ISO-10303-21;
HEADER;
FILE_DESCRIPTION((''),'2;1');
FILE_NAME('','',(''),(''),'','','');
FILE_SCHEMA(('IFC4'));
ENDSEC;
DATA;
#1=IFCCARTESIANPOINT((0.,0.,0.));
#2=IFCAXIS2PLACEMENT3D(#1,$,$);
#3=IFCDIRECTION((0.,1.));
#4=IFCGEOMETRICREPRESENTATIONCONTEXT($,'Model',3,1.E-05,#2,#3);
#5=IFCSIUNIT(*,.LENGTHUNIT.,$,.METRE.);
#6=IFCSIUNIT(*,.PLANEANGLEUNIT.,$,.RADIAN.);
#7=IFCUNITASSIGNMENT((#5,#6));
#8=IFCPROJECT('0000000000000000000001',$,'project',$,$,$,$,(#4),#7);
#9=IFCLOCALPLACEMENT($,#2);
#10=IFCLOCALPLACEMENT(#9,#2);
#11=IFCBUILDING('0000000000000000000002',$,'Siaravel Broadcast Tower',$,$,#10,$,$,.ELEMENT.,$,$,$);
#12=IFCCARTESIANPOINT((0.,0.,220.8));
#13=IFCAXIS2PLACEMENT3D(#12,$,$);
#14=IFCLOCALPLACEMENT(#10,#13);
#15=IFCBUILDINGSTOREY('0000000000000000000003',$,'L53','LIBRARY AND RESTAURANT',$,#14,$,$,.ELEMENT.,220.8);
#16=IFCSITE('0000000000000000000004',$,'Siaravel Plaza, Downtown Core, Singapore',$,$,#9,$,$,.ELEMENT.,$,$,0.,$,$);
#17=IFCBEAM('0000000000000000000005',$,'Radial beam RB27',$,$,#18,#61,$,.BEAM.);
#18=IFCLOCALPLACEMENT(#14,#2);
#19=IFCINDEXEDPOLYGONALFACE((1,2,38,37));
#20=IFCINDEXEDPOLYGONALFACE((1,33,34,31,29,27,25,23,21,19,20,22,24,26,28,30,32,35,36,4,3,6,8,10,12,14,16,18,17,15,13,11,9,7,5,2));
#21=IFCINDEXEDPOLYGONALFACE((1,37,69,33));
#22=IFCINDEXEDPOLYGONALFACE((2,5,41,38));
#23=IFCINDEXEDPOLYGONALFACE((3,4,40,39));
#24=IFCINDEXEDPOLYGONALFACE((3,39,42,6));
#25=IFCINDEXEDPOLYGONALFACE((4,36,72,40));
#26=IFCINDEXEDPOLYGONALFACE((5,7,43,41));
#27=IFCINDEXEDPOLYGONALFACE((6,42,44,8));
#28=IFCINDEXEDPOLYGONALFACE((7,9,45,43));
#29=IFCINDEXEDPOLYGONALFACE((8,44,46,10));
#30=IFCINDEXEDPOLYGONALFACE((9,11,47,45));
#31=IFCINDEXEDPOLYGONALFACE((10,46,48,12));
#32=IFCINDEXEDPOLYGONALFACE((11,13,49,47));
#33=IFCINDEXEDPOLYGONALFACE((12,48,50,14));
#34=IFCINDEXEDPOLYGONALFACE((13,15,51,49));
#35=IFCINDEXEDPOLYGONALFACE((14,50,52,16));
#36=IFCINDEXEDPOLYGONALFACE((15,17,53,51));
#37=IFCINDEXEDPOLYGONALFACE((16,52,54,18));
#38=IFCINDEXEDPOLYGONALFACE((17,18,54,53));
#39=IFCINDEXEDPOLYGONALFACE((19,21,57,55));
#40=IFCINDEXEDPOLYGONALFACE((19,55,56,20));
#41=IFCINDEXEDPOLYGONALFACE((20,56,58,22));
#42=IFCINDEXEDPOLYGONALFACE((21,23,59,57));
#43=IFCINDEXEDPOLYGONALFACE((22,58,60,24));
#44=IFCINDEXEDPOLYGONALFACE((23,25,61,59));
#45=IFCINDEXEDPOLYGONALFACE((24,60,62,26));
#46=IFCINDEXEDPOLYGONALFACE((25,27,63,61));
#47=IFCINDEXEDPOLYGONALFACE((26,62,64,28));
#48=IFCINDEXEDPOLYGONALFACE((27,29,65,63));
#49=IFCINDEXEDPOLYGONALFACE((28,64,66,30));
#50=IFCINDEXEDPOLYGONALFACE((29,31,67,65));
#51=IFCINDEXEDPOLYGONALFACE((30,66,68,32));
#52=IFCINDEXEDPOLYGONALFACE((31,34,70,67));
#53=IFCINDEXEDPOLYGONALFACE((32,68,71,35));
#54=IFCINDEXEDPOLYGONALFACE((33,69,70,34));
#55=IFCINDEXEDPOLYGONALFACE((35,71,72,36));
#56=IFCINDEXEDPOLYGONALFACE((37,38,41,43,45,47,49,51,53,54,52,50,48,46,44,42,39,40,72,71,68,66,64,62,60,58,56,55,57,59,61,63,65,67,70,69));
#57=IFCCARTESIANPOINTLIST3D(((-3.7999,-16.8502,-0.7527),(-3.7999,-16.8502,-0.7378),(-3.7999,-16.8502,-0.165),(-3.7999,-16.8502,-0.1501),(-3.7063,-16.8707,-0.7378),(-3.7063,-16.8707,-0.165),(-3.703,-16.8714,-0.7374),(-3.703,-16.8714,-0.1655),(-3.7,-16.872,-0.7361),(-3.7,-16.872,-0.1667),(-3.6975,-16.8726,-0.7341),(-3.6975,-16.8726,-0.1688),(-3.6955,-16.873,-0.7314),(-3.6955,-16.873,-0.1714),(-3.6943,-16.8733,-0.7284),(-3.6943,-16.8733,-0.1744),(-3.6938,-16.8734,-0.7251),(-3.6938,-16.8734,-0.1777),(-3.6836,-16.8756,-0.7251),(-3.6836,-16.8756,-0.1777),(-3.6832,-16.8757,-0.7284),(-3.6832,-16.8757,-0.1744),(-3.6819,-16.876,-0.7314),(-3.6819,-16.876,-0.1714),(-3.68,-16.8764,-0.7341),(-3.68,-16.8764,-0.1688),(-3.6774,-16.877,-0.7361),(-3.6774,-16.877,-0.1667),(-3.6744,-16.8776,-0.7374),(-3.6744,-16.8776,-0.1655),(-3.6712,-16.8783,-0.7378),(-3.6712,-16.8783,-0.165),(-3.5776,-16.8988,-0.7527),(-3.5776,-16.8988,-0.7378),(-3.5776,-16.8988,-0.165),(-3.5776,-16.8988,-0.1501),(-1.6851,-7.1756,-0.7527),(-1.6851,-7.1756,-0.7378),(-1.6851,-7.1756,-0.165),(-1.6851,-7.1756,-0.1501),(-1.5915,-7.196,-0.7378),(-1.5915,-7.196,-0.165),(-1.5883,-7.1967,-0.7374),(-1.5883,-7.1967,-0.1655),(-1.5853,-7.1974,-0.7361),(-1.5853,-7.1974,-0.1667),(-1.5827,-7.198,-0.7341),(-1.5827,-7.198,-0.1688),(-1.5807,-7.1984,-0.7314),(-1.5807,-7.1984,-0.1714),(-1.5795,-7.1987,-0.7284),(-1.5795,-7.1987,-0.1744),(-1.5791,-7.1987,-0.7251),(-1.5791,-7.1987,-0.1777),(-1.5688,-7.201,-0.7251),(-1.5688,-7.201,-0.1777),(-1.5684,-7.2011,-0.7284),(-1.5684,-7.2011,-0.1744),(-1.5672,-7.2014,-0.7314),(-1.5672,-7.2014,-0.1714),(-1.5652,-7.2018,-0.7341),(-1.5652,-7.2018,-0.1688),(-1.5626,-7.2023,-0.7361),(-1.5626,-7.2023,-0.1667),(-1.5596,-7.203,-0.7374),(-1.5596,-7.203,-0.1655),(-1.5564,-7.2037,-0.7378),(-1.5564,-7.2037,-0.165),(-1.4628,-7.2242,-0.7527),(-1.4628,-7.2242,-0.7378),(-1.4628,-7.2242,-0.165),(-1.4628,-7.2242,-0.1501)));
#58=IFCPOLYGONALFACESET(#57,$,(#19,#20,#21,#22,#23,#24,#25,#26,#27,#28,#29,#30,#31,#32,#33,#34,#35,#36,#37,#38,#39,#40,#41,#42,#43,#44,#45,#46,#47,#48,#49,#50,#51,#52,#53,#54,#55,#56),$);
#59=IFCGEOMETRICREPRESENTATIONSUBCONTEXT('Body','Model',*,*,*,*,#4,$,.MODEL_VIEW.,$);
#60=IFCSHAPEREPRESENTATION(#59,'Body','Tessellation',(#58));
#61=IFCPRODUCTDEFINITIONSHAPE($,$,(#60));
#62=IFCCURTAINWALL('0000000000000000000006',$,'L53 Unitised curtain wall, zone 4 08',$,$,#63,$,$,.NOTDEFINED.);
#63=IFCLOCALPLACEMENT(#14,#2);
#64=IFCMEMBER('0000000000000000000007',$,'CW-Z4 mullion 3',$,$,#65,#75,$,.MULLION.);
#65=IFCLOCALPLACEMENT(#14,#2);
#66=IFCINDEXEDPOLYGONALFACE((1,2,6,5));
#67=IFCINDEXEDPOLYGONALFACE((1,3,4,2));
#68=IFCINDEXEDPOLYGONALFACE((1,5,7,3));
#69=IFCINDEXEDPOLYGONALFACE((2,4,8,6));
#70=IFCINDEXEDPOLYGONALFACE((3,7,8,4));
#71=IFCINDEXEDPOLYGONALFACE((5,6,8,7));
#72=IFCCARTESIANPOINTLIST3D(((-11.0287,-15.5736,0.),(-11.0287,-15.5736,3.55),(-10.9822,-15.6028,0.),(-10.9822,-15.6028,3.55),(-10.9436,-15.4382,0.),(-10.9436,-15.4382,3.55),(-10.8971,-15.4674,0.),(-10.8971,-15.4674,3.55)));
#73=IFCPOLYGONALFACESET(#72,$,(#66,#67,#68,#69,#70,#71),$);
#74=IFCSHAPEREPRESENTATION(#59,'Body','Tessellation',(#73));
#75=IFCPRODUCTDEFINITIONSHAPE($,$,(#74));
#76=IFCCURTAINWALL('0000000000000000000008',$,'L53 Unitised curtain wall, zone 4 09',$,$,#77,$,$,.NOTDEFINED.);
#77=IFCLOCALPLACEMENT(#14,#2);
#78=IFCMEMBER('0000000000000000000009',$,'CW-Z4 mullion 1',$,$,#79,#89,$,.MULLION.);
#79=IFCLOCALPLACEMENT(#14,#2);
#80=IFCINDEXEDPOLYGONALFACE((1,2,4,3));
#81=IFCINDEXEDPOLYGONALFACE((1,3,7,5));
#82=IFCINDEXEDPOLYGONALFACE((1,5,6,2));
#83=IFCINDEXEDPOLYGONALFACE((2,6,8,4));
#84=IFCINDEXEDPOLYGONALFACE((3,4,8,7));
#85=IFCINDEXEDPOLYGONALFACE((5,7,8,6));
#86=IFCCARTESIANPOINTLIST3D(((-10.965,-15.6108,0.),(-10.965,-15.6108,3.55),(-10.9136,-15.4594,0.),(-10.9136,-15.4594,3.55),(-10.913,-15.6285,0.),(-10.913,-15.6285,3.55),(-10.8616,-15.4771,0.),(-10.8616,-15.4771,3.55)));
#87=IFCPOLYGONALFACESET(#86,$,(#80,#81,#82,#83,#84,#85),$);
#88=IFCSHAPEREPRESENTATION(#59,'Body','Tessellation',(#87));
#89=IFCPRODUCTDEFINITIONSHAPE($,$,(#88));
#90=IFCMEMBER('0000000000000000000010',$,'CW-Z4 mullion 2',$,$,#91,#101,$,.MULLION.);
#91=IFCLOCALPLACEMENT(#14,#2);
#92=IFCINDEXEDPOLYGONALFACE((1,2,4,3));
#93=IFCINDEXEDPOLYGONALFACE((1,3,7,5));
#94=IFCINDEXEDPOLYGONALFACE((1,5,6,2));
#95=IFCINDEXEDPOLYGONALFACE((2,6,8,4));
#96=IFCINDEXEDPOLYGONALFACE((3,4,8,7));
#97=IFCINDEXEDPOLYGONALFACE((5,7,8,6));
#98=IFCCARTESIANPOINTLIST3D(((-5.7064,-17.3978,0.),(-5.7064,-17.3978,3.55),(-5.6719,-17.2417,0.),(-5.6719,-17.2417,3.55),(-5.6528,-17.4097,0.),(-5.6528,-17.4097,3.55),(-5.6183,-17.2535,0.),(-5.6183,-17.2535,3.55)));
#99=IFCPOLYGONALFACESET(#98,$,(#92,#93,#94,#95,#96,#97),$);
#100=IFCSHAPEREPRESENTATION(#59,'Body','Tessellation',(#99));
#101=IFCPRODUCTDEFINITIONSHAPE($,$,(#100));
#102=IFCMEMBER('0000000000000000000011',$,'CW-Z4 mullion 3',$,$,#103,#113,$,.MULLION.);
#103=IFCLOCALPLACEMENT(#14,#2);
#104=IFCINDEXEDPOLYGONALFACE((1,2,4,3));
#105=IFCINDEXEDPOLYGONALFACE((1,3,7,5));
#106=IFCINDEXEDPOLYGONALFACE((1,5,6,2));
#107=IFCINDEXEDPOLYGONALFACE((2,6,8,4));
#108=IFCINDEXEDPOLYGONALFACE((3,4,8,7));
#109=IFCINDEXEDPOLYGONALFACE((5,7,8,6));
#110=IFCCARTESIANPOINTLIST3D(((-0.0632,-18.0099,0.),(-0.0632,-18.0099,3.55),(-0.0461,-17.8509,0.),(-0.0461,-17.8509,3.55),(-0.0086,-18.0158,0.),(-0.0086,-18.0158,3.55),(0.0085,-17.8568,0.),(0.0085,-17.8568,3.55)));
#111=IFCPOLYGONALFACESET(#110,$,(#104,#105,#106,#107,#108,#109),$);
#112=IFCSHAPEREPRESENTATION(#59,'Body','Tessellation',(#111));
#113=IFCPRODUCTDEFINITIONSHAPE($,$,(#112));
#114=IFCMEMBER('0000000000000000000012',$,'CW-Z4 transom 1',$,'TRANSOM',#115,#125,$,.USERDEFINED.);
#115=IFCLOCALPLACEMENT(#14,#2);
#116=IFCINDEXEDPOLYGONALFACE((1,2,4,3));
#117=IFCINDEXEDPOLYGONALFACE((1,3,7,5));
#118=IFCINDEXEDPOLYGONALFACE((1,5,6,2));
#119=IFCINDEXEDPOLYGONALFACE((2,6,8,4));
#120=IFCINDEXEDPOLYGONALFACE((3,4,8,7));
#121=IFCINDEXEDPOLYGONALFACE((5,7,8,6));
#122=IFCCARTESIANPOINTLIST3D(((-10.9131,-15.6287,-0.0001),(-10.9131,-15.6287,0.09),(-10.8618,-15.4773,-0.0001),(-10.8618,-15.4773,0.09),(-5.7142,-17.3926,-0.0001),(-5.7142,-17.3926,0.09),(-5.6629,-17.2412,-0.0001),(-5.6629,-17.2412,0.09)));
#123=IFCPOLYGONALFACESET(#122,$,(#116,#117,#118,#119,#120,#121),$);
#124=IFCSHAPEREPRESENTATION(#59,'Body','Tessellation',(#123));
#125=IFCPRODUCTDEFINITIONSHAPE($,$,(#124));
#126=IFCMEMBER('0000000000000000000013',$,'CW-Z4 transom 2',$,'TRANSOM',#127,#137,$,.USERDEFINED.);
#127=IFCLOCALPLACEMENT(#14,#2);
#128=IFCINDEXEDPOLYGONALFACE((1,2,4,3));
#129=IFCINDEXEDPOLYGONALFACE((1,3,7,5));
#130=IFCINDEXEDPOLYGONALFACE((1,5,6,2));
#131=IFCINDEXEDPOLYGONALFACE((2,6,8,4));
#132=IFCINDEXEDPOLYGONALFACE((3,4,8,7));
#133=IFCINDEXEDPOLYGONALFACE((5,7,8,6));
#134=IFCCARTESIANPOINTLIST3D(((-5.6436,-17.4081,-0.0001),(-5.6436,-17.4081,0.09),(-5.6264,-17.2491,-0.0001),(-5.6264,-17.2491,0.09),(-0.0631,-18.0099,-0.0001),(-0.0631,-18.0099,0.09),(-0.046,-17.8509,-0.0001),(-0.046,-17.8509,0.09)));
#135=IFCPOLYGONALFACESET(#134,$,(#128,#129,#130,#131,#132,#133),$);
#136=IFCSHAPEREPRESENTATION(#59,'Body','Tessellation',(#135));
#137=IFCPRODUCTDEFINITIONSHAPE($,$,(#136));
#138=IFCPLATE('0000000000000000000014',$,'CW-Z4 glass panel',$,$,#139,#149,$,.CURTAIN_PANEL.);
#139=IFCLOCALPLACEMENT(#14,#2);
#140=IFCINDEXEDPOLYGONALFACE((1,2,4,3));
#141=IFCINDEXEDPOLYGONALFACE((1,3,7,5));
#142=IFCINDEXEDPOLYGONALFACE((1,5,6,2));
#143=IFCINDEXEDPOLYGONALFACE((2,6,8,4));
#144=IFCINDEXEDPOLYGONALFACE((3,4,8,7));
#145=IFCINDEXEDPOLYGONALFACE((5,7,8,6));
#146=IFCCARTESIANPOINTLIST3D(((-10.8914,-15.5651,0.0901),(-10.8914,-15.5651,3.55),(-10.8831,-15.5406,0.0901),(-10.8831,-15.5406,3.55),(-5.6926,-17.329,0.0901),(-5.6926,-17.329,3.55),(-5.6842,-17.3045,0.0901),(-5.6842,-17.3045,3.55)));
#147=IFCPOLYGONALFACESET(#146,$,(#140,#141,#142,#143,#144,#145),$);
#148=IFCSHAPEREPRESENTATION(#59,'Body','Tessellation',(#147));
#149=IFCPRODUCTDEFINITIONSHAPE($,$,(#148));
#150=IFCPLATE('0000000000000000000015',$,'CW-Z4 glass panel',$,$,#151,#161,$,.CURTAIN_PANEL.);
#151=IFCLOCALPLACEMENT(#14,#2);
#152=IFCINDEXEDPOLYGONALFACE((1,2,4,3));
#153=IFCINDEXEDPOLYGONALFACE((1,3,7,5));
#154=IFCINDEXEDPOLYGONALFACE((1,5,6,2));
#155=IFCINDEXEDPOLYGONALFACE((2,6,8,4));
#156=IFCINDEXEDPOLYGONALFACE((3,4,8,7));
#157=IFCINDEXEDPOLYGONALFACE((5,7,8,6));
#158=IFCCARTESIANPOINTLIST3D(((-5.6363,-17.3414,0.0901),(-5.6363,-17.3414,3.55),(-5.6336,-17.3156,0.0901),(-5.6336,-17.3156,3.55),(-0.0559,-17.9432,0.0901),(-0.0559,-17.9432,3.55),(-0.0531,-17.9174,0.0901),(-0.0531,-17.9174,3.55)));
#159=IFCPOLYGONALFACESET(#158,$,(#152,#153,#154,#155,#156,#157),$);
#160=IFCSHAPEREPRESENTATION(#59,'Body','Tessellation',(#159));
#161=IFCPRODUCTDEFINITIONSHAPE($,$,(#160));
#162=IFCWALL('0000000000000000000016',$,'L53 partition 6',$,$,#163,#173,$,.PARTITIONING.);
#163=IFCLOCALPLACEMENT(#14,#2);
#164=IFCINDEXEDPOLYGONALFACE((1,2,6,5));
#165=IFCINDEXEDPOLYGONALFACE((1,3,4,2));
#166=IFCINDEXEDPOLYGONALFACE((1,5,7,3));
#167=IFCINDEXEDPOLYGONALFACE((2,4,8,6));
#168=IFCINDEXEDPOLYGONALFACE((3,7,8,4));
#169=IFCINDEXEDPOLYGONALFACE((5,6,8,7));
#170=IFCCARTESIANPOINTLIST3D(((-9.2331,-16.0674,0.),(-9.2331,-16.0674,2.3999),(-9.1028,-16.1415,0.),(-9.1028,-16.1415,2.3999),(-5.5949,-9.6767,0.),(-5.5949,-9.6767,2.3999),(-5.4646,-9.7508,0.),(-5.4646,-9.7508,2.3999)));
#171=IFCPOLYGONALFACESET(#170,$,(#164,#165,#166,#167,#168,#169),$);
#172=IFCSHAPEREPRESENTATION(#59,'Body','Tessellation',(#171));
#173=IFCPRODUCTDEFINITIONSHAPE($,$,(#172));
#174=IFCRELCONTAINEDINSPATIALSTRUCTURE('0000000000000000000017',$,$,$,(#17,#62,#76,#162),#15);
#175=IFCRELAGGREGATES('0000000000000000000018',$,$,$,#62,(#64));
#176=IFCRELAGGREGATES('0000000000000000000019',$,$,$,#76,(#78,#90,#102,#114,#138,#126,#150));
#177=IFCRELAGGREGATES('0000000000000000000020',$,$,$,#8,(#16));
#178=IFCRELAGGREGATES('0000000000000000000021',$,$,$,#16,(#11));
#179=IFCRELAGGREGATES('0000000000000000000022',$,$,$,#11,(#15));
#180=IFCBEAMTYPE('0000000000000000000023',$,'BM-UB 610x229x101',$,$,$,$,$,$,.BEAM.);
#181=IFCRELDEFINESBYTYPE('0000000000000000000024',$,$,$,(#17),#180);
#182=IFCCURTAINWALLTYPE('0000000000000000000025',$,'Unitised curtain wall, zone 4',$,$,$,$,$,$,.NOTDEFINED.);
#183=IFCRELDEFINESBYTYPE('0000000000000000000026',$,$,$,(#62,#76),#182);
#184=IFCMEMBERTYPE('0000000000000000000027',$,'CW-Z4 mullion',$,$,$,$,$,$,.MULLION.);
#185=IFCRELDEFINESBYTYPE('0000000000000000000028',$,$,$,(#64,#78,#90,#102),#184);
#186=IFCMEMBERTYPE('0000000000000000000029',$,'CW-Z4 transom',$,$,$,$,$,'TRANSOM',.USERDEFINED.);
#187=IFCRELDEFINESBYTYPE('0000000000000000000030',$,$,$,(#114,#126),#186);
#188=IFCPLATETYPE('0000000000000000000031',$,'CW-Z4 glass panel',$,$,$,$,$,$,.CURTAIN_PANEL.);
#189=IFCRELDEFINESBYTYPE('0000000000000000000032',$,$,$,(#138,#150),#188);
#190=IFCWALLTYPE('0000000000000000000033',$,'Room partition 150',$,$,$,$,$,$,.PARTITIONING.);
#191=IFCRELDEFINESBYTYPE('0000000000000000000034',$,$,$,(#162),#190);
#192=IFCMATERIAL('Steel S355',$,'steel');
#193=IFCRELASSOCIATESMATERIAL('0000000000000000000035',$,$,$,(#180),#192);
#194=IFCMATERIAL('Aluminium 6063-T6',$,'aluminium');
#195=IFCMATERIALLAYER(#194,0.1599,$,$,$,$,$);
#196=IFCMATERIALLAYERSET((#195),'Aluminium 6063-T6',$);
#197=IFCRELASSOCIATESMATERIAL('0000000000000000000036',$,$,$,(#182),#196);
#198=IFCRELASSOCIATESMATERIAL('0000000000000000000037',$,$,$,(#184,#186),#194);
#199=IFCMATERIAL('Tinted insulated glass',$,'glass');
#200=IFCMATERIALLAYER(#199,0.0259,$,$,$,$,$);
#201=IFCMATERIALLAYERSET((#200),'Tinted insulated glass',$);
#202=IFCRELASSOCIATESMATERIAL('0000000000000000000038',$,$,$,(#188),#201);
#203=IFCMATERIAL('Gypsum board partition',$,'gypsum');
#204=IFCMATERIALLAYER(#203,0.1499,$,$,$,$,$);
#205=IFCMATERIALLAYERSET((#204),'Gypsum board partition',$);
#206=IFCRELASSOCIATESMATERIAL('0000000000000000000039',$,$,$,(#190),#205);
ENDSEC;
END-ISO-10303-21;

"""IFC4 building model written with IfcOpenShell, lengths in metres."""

from ifc_helpers import new_model, si_unit, direction, frame, frame_2d, origin, origin_2d, place, context, subcontext, project, spatial, rectangle, i_section, extrude, material, layer, layer_set, material_profile, profile_set, type_object, element, aggregate, save


model = new_model("IFC4")

# Units and contexts
model_context = context("Model", 3, precision=1e-05, world=origin(), true_north=direction((0.0, 1.0)))
body_context = subcontext(model_context, "Body", "Model", "MODEL_VIEW")
ifc_project = project(units=[si_unit("LENGTHUNIT", "METRE"), si_unit("PLANEANGLEUNIT", "RADIAN")], contexts=[model_context])

# Site, building, storey
site_placement = place(None, origin())
site = spatial("IfcSite", under=ifc_project, at=site_placement, Name="Siaravel Plaza, Downtown Core, Singapore", CompositionType="ELEMENT", RefElevation=0.0)
building_placement = place(site_placement, origin())
building = spatial("IfcBuilding", under=site, at=building_placement, Name="Siaravel Broadcast Tower", CompositionType="ELEMENT")
storey_placement = place(building_placement, frame((0.0, 0.0, 220.8)))
storey = spatial("IfcBuildingStorey", under=building, at=storey_placement, Name="L53", Description="LIBRARY AND RESTAURANT", CompositionType="ELEMENT", Elevation=220.8)

# Beam
ifc_material_1 = material(Name="Steel S355", Category="steel")
ifc_material_profile_1 = material_profile(ifc_material_1, i_section(OverallWidth=0.2275, OverallDepth=0.6025, WebThickness=0.0105, FlangeThickness=0.0149, FilletRadius=0.0127, at=origin_2d()))
ifc_profile_set_1 = profile_set([ifc_material_profile_1], Name="Steel S355")
beam_type = type_object("IfcBeamType", Name="BM-UB 610x229x101", PredefinedType="BEAM", material=ifc_profile_set_1)
beam_1_placement = place(storey_placement, frame((-3.6887, -16.8745, -0.4514), z_axis=(0.213546, 0.976933, 0.0), x_axis=(-0.976933, 0.213546, 0.0)))
element("IfcBeam", 1, at=beam_1_placement, inside=storey, type_object=beam_type, Name="Radial beam RB27", PredefinedType="BEAM", context=body_context, shape_type="SweptSolid", body=[
    extrude(i_section(OverallWidth=0.2275, OverallDepth=0.6025, WebThickness=0.0105, FlangeThickness=0.0149, FilletRadius=0.0127, at=origin_2d()), origin(), (0.0, 0.0, 1.0), 9.9031),
])

# Curtain wall, member
ifc_material_2 = material(Name="Aluminium 6063-T6", Category="aluminium")
ifc_layer_1 = layer(ifc_material_2, 0.1599)
ifc_layer_set_1 = layer_set([ifc_layer_1], Name="Aluminium 6063-T6")
curtain_wall_type = type_object("IfcCurtainWallType", Name="Unitised curtain wall, zone 4", PredefinedType="NOTDEFINED", material=ifc_layer_set_1)
curtain_wall_1_placement = place(storey_placement, origin())
curtain_wall_1 = element("IfcCurtainWall", 2, at=curtain_wall_1_placement, inside=storey, type_object=curtain_wall_type, Name="L53 Unitised curtain wall, zone 4 08", PredefinedType="NOTDEFINED")
ifc_material_profile_2 = material_profile(ifc_material_2, rectangle(XDim=0.1599, YDim=0.0549, at=origin_2d()))
ifc_profile_set_2 = profile_set([ifc_material_profile_2], Name="Aluminium 6063-T6")
member_type_1 = type_object("IfcMemberType", Name="CW-Z4 mullion", PredefinedType="MULLION", material=ifc_profile_set_2)
member_1_placement = place(storey_placement, frame((-10.9629, -15.5205, 0.0), z_axis=(0.0, 0.0, 1.0), x_axis=(0.53215, 0.84665, 0.0)))
member_1 = element("IfcMember", 3, at=member_1_placement, type_object=member_type_1, Name="CW-Z4 mullion 3", PredefinedType="MULLION", context=body_context, shape_type="SweptSolid", body=[
    extrude(rectangle(XDim=0.1599, YDim=0.0549, at=origin_2d()), origin(), (0.0, 0.0, 1.0), 3.55),
])
aggregate(curtain_wall_1, [member_1])

# Curtain wall, members, plates
curtain_wall_2_placement = place(storey_placement, origin())
curtain_wall_2 = element("IfcCurtainWall", 4, at=curtain_wall_2_placement, inside=storey, type_object=curtain_wall_type, Name="L53 Unitised curtain wall, zone 4 09", PredefinedType="NOTDEFINED")
member_2_placement = place(storey_placement, frame((-10.9133, -15.5439, 0.0), z_axis=(0.0, 0.0, 1.0), x_axis=(0.321301, 0.946977, 0.0)))
member_2 = element("IfcMember", 5, at=member_2_placement, type_object=member_type_1, Name="CW-Z4 mullion 1", PredefinedType="MULLION", context=body_context, shape_type="SweptSolid", body=[
    extrude(rectangle(XDim=0.1599, YDim=0.0549, at=origin_2d()), origin(), (0.0, 0.0, 1.0), 3.55),
])
member_3_placement = place(storey_placement, frame((-5.6624, -17.3257, 0.0), z_axis=(0.0, 0.0, 1.0), x_axis=(0.215558, 0.976491, 0.0)))
member_3 = element("IfcMember", 6, at=member_3_placement, type_object=member_type_1, Name="CW-Z4 mullion 2", PredefinedType="MULLION", context=body_context, shape_type="SweptSolid", body=[
    extrude(rectangle(XDim=0.1599, YDim=0.0549, at=origin_2d()), origin(), (0.0, 0.0, 1.0), 3.55),
])
member_4_placement = place(storey_placement, frame((-0.0273, -17.9333, 0.0), z_axis=(0.0, 0.0, 1.0), x_axis=(0.107218, 0.994236, 0.0)))
member_4 = element("IfcMember", 7, at=member_4_placement, type_object=member_type_1, Name="CW-Z4 mullion 3", PredefinedType="MULLION", context=body_context, shape_type="SweptSolid", body=[
    extrude(rectangle(XDim=0.1599, YDim=0.0549, at=origin_2d()), origin(), (0.0, 0.0, 1.0), 3.55),
])
ifc_material_profile_3 = material_profile(ifc_material_2, rectangle(XDim=0.1599, YDim=0.0901, at=origin_2d()))
ifc_profile_set_3 = profile_set([ifc_material_profile_3], Name="Aluminium 6063-T6")
member_type_2 = type_object("IfcMemberType", Name="CW-Z4 transom", ElementType="TRANSOM", PredefinedType="USERDEFINED", material=ifc_profile_set_3)
member_5_placement = place(storey_placement, frame((-10.8875, -15.553, 0.0449), z_axis=(0.94698, -0.321293, 0.0), x_axis=(0.321293, 0.94698, 0.0)))
member_5 = element("IfcMember", 8, at=member_5_placement, type_object=member_type_2, Name="CW-Z4 transom 1", ObjectType="TRANSOM", PredefinedType="USERDEFINED", context=body_context, shape_type="SweptSolid", body=[
    extrude(rectangle(XDim=0.1599, YDim=0.0901, at=origin_2d()), origin(), (0.0, 0.0, 1.0), 5.49),
])
member_6_placement = place(storey_placement, frame((-5.635, -17.3286, 0.0449), z_axis=(0.994235, -0.107223, 0.0), x_axis=(0.107223, 0.994235, 0.0)))
member_6 = element("IfcMember", 9, at=member_6_placement, type_object=member_type_2, Name="CW-Z4 transom 2", ObjectType="TRANSOM", PredefinedType="USERDEFINED", context=body_context, shape_type="SweptSolid", body=[
    extrude(rectangle(XDim=0.1599, YDim=0.0901, at=origin_2d()), origin(), (0.0, 0.0, 1.0), 5.6128),
])
ifc_material_3 = material(Name="Tinted insulated glass", Category="glass")
ifc_layer_2 = layer(ifc_material_3, 0.0259)
ifc_layer_set_2 = layer_set([ifc_layer_2], Name="Tinted insulated glass")
plate_type = type_object("IfcPlateType", Name="CW-Z4 glass panel", PredefinedType="CURTAIN_PANEL", material=ifc_layer_set_2)
plate_1_placement = place(storey_placement, frame((-8.2878, -16.4348, 0.0901), z_axis=(0.0, 0.0, 1.0), x_axis=(0.946977, -0.321301, 0.0)))
plate_1 = element("IfcPlate", 10, at=plate_1_placement, type_object=plate_type, Name="CW-Z4 glass panel", PredefinedType="CURTAIN_PANEL", context=body_context, shape_type="SweptSolid", body=[
    extrude(rectangle(XDim=5.49, YDim=0.0259, at=origin_2d()), origin(), (0.0, 0.0, 1.0), 3.46),
])
plate_2_placement = place(storey_placement, frame((-2.8447, -17.6294, 0.0901), z_axis=(0.0, 0.0, 1.0), x_axis=(0.994236, -0.107218, 0.0)))
plate_2 = element("IfcPlate", 11, at=plate_2_placement, type_object=plate_type, Name="CW-Z4 glass panel", PredefinedType="CURTAIN_PANEL", context=body_context, shape_type="SweptSolid", body=[
    extrude(rectangle(XDim=5.6128, YDim=0.0259, at=origin_2d()), origin(), (0.0, 0.0, 1.0), 3.46),
])
aggregate(curtain_wall_2, [member_2, member_3, member_4, member_5, plate_1, member_6, plate_2])

# Wall
ifc_material_4 = material(Name="Gypsum board partition", Category="gypsum")
ifc_layer_3 = layer(ifc_material_4, 0.1499)
ifc_layer_set_3 = layer_set([ifc_layer_3], Name="Gypsum board partition")
wall_type = type_object("IfcWallType", Name="Room partition 150", PredefinedType="PARTITIONING", material=ifc_layer_set_3)
wall_placement = place(storey_placement, frame((-5.5298, -9.7139, 0.0), z_axis=(0.0, 0.0, 1.0), x_axis=(-0.494744, -0.869039, 0.0)))
element("IfcWall", 12, at=wall_placement, inside=storey, type_object=wall_type, Name="L53 partition 6", PredefinedType="PARTITIONING", context=body_context, shape_type="SweptSolid", body=[
    extrude(rectangle(XDim=7.3538, YDim=0.1499, at=frame_2d((3.6768, 0.0))), origin(), (0.0, 0.0, 1.0), 2.3999),
])

save(model, "model.ifc")
